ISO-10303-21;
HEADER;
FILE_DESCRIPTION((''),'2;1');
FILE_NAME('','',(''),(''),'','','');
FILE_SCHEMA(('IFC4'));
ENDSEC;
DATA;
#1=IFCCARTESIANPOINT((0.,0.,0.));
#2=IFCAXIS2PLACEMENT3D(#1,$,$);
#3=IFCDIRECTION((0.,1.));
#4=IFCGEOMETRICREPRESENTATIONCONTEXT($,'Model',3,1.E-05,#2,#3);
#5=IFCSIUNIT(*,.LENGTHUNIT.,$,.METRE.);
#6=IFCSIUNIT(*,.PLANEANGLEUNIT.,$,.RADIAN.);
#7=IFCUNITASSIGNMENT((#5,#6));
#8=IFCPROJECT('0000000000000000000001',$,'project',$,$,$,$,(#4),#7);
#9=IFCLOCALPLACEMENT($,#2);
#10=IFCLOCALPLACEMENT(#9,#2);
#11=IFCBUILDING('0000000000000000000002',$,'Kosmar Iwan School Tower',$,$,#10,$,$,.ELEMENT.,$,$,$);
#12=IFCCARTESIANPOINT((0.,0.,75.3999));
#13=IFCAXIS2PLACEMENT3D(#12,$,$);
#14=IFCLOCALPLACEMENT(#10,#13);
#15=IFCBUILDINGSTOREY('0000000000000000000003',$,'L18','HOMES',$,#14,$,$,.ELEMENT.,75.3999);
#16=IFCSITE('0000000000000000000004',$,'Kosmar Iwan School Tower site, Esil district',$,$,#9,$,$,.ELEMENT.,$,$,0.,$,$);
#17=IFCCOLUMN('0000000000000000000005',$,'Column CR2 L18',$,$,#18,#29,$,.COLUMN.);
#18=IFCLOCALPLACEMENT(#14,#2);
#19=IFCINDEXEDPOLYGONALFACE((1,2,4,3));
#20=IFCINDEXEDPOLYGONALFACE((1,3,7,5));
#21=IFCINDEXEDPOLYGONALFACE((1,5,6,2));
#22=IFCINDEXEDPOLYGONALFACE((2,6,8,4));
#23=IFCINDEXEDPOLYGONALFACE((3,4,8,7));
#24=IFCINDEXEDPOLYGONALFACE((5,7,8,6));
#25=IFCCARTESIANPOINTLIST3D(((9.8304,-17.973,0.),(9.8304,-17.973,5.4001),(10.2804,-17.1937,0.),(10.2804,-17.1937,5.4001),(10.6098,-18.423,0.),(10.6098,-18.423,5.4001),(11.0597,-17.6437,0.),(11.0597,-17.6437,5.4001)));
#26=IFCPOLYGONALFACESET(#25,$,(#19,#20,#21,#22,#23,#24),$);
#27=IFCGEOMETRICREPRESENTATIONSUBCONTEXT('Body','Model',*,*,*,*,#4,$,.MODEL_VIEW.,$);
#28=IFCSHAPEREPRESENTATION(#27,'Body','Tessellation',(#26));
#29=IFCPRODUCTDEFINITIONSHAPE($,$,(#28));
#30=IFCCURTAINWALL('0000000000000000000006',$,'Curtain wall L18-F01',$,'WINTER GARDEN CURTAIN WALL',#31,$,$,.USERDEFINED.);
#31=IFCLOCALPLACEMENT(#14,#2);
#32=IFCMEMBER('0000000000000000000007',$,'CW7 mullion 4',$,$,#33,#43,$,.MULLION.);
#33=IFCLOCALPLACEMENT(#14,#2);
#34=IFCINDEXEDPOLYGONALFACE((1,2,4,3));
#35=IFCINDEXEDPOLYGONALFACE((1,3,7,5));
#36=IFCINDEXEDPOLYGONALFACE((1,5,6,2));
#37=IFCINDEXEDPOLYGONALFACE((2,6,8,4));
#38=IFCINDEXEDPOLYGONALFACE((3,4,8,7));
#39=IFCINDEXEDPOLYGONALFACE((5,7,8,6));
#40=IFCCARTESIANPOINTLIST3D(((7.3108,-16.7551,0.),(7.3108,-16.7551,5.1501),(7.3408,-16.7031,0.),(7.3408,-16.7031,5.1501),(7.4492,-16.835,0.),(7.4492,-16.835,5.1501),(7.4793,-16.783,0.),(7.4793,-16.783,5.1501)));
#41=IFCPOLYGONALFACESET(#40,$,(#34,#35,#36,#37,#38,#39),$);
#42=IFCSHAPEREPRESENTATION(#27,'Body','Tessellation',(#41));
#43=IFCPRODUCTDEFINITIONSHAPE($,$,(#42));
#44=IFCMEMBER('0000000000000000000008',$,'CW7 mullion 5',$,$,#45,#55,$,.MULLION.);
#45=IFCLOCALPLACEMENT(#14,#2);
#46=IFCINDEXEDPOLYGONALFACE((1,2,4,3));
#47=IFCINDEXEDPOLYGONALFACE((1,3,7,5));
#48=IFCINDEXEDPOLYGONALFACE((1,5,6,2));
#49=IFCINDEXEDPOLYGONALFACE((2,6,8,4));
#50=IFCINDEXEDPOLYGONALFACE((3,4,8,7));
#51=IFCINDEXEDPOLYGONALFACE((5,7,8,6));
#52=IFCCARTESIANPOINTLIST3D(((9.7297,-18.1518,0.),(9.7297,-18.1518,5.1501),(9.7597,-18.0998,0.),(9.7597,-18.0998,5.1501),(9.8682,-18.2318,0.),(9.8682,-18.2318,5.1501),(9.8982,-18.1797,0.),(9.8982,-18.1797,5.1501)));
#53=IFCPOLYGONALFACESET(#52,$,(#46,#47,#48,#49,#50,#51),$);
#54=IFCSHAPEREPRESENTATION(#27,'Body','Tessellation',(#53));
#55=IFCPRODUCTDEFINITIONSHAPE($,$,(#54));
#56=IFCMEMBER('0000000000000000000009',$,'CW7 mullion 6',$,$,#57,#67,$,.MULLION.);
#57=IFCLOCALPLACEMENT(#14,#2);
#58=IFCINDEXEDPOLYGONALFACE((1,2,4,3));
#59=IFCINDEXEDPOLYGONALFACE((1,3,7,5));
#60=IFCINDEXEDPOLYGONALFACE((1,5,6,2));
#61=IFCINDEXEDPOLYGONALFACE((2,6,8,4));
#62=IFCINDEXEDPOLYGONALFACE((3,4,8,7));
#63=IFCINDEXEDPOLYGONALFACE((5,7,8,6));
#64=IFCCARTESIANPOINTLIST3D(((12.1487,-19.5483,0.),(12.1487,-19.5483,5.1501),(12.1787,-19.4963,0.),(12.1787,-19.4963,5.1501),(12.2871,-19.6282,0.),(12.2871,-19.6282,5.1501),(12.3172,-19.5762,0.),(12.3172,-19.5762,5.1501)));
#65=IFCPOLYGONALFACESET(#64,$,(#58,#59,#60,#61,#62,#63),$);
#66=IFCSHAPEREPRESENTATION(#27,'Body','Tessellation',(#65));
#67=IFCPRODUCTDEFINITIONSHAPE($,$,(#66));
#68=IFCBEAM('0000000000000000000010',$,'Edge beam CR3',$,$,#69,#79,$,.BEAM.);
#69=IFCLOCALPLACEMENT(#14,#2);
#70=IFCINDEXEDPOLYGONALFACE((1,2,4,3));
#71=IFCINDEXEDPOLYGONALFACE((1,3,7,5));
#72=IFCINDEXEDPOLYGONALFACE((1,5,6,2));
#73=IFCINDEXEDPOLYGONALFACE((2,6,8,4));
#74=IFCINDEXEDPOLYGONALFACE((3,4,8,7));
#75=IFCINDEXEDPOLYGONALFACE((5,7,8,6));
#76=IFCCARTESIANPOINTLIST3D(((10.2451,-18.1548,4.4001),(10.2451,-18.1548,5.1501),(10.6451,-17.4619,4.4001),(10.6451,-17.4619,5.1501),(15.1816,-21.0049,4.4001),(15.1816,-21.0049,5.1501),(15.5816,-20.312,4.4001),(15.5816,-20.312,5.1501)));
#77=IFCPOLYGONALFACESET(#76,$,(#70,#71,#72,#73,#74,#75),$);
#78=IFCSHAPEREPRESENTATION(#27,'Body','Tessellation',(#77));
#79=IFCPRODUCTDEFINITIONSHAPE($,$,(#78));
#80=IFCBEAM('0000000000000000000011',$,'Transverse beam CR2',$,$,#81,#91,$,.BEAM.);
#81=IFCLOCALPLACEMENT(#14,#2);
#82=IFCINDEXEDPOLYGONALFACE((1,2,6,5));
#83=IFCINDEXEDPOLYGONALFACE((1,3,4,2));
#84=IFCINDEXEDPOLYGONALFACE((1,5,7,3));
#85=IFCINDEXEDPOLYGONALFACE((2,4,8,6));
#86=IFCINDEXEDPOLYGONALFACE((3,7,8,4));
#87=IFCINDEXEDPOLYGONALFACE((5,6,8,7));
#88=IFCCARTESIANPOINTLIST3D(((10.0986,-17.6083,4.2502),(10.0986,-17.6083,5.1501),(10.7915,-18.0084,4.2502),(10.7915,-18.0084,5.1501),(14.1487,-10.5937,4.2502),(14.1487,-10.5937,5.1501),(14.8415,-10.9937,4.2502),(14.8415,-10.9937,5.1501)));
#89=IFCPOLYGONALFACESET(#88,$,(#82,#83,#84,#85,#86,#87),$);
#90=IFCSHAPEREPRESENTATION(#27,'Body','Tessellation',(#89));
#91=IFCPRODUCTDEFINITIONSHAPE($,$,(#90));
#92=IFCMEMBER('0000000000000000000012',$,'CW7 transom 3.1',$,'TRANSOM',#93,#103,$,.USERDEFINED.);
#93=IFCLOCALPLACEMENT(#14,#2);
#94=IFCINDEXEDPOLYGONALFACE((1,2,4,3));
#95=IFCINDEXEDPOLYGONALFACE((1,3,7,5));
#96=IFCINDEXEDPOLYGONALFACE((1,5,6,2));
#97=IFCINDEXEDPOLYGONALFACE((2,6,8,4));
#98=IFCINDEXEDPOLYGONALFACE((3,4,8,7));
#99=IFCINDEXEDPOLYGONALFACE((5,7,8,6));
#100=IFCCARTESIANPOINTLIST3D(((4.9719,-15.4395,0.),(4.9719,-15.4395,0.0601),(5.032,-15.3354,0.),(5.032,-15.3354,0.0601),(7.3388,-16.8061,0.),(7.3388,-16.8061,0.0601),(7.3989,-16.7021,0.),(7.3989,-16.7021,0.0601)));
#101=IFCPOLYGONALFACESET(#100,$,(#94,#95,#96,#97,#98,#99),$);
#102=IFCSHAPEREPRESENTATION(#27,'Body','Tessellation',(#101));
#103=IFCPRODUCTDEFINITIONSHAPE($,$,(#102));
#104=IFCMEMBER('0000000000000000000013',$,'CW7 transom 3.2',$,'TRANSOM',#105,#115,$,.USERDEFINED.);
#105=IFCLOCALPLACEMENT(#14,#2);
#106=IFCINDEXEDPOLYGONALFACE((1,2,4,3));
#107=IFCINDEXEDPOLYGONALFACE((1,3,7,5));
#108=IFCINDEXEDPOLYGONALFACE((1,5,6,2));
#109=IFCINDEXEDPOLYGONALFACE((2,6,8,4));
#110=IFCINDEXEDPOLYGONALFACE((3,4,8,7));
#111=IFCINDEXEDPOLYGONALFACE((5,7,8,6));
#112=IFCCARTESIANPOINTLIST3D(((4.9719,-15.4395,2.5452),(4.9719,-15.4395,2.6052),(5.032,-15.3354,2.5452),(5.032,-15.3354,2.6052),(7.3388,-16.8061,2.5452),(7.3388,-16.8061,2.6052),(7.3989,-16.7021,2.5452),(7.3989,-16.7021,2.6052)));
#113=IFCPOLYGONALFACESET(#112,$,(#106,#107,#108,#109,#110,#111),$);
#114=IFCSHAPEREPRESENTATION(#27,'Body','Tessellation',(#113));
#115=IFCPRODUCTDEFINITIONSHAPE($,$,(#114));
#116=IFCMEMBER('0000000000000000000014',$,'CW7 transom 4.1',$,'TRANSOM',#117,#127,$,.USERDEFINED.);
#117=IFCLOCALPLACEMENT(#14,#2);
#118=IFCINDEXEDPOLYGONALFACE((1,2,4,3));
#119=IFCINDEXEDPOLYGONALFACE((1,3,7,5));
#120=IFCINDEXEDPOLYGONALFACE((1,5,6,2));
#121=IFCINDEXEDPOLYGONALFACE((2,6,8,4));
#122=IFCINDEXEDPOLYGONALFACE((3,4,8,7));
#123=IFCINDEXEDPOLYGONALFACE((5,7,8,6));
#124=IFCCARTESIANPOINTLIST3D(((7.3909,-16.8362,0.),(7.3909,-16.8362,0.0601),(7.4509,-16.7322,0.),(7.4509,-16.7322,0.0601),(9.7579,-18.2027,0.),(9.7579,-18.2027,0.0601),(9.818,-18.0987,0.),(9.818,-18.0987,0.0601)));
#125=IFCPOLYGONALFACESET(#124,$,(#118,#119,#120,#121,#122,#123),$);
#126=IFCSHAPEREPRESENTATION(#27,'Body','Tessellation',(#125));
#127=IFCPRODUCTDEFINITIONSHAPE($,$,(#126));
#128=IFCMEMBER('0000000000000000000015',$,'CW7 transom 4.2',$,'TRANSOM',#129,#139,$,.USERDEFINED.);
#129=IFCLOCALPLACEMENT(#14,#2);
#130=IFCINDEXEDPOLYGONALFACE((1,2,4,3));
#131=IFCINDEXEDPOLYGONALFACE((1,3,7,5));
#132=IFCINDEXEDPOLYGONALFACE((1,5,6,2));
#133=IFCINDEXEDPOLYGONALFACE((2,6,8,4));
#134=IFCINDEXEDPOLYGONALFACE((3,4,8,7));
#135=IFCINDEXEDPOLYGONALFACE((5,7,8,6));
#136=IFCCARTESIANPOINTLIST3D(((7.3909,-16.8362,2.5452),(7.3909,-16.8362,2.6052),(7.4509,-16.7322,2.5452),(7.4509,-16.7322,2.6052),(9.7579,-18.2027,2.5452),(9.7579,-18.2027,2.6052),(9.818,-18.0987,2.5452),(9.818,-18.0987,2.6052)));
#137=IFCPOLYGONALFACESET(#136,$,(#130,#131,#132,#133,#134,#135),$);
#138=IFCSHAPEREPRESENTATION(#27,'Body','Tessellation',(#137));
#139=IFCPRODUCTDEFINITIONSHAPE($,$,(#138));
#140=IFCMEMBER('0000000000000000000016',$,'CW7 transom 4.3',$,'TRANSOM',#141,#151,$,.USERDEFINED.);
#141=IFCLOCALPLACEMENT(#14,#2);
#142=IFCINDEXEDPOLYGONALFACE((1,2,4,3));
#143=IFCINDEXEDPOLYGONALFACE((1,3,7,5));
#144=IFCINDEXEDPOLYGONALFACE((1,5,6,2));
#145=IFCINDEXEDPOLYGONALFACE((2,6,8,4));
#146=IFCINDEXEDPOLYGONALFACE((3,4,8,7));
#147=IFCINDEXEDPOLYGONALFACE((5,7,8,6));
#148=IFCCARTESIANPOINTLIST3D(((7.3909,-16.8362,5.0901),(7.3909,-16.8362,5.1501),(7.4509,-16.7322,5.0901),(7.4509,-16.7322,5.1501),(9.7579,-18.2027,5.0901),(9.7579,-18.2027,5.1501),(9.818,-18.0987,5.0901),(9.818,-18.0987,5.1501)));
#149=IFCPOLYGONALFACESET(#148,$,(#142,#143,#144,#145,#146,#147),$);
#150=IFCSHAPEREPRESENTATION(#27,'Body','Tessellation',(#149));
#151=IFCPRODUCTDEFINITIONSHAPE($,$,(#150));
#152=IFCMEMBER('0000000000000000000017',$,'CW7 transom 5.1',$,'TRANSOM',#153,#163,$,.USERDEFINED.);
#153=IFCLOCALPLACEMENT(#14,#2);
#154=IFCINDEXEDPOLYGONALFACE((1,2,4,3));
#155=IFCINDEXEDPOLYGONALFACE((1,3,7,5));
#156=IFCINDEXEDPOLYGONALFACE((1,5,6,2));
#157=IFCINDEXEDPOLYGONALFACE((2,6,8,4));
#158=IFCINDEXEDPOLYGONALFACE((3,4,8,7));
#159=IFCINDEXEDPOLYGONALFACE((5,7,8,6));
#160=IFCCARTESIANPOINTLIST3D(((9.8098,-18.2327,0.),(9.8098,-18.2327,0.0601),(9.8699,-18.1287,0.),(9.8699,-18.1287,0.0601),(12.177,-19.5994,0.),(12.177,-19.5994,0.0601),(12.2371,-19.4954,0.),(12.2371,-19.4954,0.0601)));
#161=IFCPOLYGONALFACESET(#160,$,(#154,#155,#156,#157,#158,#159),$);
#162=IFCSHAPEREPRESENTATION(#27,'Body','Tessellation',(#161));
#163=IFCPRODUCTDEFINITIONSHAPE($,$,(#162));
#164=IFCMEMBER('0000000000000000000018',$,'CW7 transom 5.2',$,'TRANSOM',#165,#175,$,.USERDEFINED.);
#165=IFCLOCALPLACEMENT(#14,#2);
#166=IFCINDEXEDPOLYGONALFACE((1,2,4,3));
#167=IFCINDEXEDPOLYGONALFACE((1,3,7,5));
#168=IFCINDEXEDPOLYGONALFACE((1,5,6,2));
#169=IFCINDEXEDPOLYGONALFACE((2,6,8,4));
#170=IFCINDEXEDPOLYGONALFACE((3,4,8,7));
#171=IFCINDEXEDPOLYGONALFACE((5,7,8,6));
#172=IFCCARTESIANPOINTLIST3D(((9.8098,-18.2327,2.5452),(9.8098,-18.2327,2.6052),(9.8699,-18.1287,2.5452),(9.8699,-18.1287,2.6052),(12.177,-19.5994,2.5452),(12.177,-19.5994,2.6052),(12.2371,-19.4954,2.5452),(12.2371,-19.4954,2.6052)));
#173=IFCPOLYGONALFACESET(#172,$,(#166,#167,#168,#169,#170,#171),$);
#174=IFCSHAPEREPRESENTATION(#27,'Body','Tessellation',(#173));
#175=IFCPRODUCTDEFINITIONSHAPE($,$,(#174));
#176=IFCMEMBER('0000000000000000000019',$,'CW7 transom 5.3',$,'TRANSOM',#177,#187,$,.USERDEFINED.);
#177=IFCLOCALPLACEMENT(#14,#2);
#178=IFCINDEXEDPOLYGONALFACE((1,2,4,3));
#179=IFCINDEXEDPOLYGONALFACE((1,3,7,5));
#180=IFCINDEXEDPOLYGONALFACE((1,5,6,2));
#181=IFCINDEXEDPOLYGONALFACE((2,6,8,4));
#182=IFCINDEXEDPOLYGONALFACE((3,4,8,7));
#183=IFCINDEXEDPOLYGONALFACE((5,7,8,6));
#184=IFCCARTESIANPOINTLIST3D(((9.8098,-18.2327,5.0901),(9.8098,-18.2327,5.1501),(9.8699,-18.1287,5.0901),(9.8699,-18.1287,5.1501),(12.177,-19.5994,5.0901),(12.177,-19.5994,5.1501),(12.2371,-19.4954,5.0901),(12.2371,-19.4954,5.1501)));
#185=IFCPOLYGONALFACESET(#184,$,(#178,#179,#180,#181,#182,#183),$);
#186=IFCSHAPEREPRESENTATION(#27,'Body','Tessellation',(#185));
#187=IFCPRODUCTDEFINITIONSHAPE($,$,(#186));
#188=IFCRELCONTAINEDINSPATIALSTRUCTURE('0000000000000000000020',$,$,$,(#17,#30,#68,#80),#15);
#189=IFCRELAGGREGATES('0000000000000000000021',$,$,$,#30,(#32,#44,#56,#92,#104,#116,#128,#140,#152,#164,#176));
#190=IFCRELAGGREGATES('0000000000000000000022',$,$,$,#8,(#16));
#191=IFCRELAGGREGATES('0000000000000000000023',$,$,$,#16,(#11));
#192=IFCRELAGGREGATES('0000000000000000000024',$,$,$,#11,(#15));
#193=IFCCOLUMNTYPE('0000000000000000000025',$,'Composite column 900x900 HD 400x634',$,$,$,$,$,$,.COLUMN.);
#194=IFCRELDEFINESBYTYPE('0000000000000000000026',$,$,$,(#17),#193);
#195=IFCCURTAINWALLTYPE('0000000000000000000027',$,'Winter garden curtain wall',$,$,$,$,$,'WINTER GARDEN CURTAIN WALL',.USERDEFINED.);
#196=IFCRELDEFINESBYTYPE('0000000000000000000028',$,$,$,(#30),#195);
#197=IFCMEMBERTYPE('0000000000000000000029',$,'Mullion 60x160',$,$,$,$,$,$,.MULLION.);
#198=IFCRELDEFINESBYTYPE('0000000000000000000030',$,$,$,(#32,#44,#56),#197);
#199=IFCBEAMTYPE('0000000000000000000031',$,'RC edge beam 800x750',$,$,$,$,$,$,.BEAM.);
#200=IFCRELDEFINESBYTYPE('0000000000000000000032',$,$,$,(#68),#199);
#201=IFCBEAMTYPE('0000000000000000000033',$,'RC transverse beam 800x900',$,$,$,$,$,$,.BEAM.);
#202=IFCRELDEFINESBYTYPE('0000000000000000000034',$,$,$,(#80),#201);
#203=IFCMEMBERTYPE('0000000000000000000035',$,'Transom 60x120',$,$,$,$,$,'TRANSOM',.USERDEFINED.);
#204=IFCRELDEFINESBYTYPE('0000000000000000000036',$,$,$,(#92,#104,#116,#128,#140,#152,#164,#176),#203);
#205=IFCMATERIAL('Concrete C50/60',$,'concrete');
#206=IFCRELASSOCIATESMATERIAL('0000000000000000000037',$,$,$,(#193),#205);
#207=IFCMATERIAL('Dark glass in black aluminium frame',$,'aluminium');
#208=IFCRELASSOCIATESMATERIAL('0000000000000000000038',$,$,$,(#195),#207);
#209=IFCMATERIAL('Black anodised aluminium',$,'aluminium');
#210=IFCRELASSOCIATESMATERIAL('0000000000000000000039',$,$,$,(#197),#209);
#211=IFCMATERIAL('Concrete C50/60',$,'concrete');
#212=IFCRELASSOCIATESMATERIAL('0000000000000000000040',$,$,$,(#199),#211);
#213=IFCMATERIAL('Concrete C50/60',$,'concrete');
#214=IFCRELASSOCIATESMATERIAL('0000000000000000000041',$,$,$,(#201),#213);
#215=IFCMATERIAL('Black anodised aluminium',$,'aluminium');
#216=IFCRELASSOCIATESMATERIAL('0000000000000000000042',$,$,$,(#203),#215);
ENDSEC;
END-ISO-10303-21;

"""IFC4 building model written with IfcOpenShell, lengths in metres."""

from ifc_helpers import new_model, si_unit, direction, frame, origin, origin_2d, place, context, subcontext, project, spatial, rectangle, extrude, material, material_profile, profile_set, type_object, element, aggregate, save


model = new_model("IFC4")

# Units and contexts
model_context = context("Model", 3, precision=1e-05, world=origin(), true_north=direction((0.0, 1.0)))
body_context = subcontext(model_context, "Body", "Model", "MODEL_VIEW")
ifc_project = project(units=[si_unit("LENGTHUNIT", "METRE"), si_unit("PLANEANGLEUNIT", "RADIAN")], contexts=[model_context])

# Site, building, storey
site_placement = place(None, origin())
site = spatial("IfcSite", under=ifc_project, at=site_placement, Name="Kosmar Iwan School Tower site, Esil district", CompositionType="ELEMENT", RefElevation=0.0)
building_placement = place(site_placement, origin())
building = spatial("IfcBuilding", under=site, at=building_placement, Name="Kosmar Iwan School Tower", CompositionType="ELEMENT")
storey_placement = place(building_placement, frame((0.0, 0.0, 75.3999)))
storey = spatial("IfcBuildingStorey", under=building, at=storey_placement, Name="L18", Description="HOMES", CompositionType="ELEMENT", Elevation=75.3999)

# Column
ifc_material_1 = material(Name="Concrete C50/60", Category="concrete")
ifc_material_profile_1 = material_profile(ifc_material_1, rectangle(XDim=0.8999, YDim=0.8999, at=origin_2d()), Name="RC 900x900 + HD 400x634")
ifc_profile_set_1 = profile_set([ifc_material_profile_1], Name="Concrete C50/60")
column_type = type_object("IfcColumnType", Name="Composite column 900x900 HD 400x634", PredefinedType="COLUMN", material=ifc_profile_set_1)
column_placement = place(storey_placement, frame((10.4451, -17.8083, 0.0), z_axis=(0.0, 0.0, 1.0), x_axis=(0.866025, -0.5, 0.0)))
element("IfcColumn", 1, at=column_placement, inside=storey, type_object=column_type, Name="Column CR2 L18", PredefinedType="COLUMN", context=body_context, shape_type="SweptSolid", body=[
    extrude(rectangle(XDim=0.8999, YDim=0.8999, at=origin_2d()), origin(), (0.0, 0.0, 1.0), 5.4001),
])

# Curtain wall, members
ifc_material_2 = material(Name="Dark glass in black aluminium frame", Category="aluminium")
curtain_wall_type = type_object("IfcCurtainWallType", Name="Winter garden curtain wall", ElementType="WINTER GARDEN CURTAIN WALL", PredefinedType="USERDEFINED", material=ifc_material_2)
curtain_wall_placement = place(storey_placement, origin())
curtain_wall = element("IfcCurtainWall", 2, at=curtain_wall_placement, inside=storey, type_object=curtain_wall_type, Name="Curtain wall L18-F01", ObjectType="WINTER GARDEN CURTAIN WALL", PredefinedType="USERDEFINED")
ifc_material_3 = material(Name="Black anodised aluminium", Category="aluminium")
ifc_material_profile_2 = material_profile(ifc_material_3, rectangle(XDim=0.0601, YDim=0.1599, at=origin_2d()), Name="MULLION 60x160")
ifc_profile_set_2 = profile_set([ifc_material_profile_2], Name="Black anodised aluminium")
member_type_1 = type_object("IfcMemberType", Name="Mullion 60x160", PredefinedType="MULLION", material=ifc_profile_set_2)
member_1_placement = place(storey_placement, frame((7.395, -16.769, 0.0), z_axis=(0.0, 0.0, 1.0), x_axis=(0.5, 0.866025, 0.0)))
member_1 = element("IfcMember", 3, at=member_1_placement, type_object=member_type_1, Name="CW7 mullion 4", PredefinedType="MULLION", context=body_context, shape_type="SweptSolid", body=[
    extrude(rectangle(XDim=0.0601, YDim=0.1599, at=origin_2d()), origin(), (0.0, 0.0, 1.0), 5.1501),
])
member_2_placement = place(storey_placement, frame((9.814, -18.1658, 0.0), z_axis=(0.0, 0.0, 1.0), x_axis=(0.5, 0.866025, 0.0)))
member_2 = element("IfcMember", 4, at=member_2_placement, type_object=member_type_1, Name="CW7 mullion 5", PredefinedType="MULLION", context=body_context, shape_type="SweptSolid", body=[
    extrude(rectangle(XDim=0.0601, YDim=0.1599, at=origin_2d()), origin(), (0.0, 0.0, 1.0), 5.1501),
])
member_3_placement = place(storey_placement, frame((12.2329, -19.5623, 0.0), z_axis=(0.0, 0.0, 1.0), x_axis=(0.5, 0.866025, 0.0)))
member_3 = element("IfcMember", 5, at=member_3_placement, type_object=member_type_1, Name="CW7 mullion 6", PredefinedType="MULLION", context=body_context, shape_type="SweptSolid", body=[
    extrude(rectangle(XDim=0.0601, YDim=0.1599, at=origin_2d()), origin(), (0.0, 0.0, 1.0), 5.1501),
])

# Beams
ifc_material_4 = material(Name="Concrete C50/60", Category="concrete")
ifc_material_profile_3 = material_profile(ifc_material_4, rectangle(XDim=0.8, YDim=0.75, at=origin_2d()), Name="RC 800x750")
ifc_profile_set_3 = profile_set([ifc_material_profile_3], Name="Concrete C50/60")
beam_type_1 = type_object("IfcBeamType", Name="RC edge beam 800x750", PredefinedType="BEAM", material=ifc_profile_set_3)
beam_1_placement = place(storey_placement, frame((10.4451, -17.8083, 4.7751), z_axis=(0.866026, -0.499999, 0.0), x_axis=(0.499999, 0.866026, 0.0)))
element("IfcBeam", 6, at=beam_1_placement, inside=storey, type_object=beam_type_1, Name="Edge beam CR3", PredefinedType="BEAM", context=body_context, shape_type="SweptSolid", body=[
    extrude(rectangle(XDim=0.8, YDim=0.75, at=origin_2d()), origin(), (0.0, 0.0, 1.0), 5.7002),
])
ifc_material_5 = material(Name="Concrete C50/60", Category="concrete")
ifc_material_profile_4 = material_profile(ifc_material_5, rectangle(XDim=0.8, YDim=0.8999, at=origin_2d()), Name="RC 800x900")
ifc_profile_set_4 = profile_set([ifc_material_profile_4], Name="Concrete C50/60")
beam_type_2 = type_object("IfcBeamType", Name="RC transverse beam 800x900", PredefinedType="BEAM", material=ifc_profile_set_4)
beam_2_placement = place(storey_placement, frame((10.4451, -17.8083, 4.7002), z_axis=(0.500013, 0.866018, 0.0), x_axis=(-0.866018, 0.500013, 0.0)))
element("IfcBeam", 7, at=beam_2_placement, inside=storey, type_object=beam_type_2, Name="Transverse beam CR2", PredefinedType="BEAM", context=body_context, shape_type="SweptSolid", body=[
    extrude(rectangle(XDim=0.8, YDim=0.8999, at=origin_2d()), origin(), (0.0, 0.0, 1.0), 8.0999),
])

# Members
ifc_material_6 = material(Name="Black anodised aluminium", Category="aluminium")
ifc_material_profile_5 = material_profile(ifc_material_6, rectangle(XDim=0.1201, YDim=0.0601, at=origin_2d()), Name="TRANSOM 60x120")
ifc_profile_set_5 = profile_set([ifc_material_profile_5], Name="Black anodised aluminium")
member_type_2 = type_object("IfcMemberType", Name="Transom 60x120", ElementType="TRANSOM", PredefinedType="USERDEFINED", material=ifc_profile_set_5)
member_4_placement = place(storey_placement, frame((5.002, -15.3875, 0.03), z_axis=(0.866003, -0.500039, 0.0), x_axis=(0.500039, 0.866003, 0.0)))
member_4 = element("IfcMember", 8, at=member_4_placement, type_object=member_type_2, Name="CW7 transom 3.1", ObjectType="TRANSOM", PredefinedType="USERDEFINED", context=body_context, shape_type="SweptSolid", body=[
    extrude(rectangle(XDim=0.1201, YDim=0.0601, at=origin_2d()), origin(), (0.0, 0.0, 1.0), 2.7332),
])
member_5_placement = place(storey_placement, frame((5.002, -15.3875, 2.5752), z_axis=(0.866003, -0.500039, 0.0), x_axis=(0.500039, 0.866003, 0.0)))
member_5 = element("IfcMember", 9, at=member_5_placement, type_object=member_type_2, Name="CW7 transom 3.2", ObjectType="TRANSOM", PredefinedType="USERDEFINED", context=body_context, shape_type="SweptSolid", body=[
    extrude(rectangle(XDim=0.1201, YDim=0.0601, at=origin_2d()), origin(), (0.0, 0.0, 1.0), 2.7332),
])
member_6_placement = place(storey_placement, frame((7.4209, -16.7842, 0.03), z_axis=(0.866041, -0.499972, 0.0), x_axis=(0.499972, 0.866041, 0.0)))
member_6 = element("IfcMember", 10, at=member_6_placement, type_object=member_type_2, Name="CW7 transom 4.1", ObjectType="TRANSOM", PredefinedType="USERDEFINED", context=body_context, shape_type="SweptSolid", body=[
    extrude(rectangle(XDim=0.1201, YDim=0.0601, at=origin_2d()), origin(), (0.0, 0.0, 1.0), 2.7332),
])
member_7_placement = place(storey_placement, frame((7.4209, -16.7842, 2.5752), z_axis=(0.866041, -0.499972, 0.0), x_axis=(0.499972, 0.866041, 0.0)))
member_7 = element("IfcMember", 11, at=member_7_placement, type_object=member_type_2, Name="CW7 transom 4.2", ObjectType="TRANSOM", PredefinedType="USERDEFINED", context=body_context, shape_type="SweptSolid", body=[
    extrude(rectangle(XDim=0.1201, YDim=0.0601, at=origin_2d()), origin(), (0.0, 0.0, 1.0), 2.7332),
])
member_8_placement = place(storey_placement, frame((7.4209, -16.7842, 5.1201), z_axis=(0.866041, -0.499972, 0.0), x_axis=(0.499972, 0.866041, 0.0)))
member_8 = element("IfcMember", 12, at=member_8_placement, type_object=member_type_2, Name="CW7 transom 4.3", ObjectType="TRANSOM", PredefinedType="USERDEFINED", context=body_context, shape_type="SweptSolid", body=[
    extrude(rectangle(XDim=0.1201, YDim=0.0601, at=origin_2d()), origin(), (0.0, 0.0, 1.0), 2.7332),
])
member_9_placement = place(storey_placement, frame((9.8398, -18.1807, 0.03), z_axis=(0.866025, -0.500001, 0.0), x_axis=(0.500001, 0.866025, 0.0)))
member_9 = element("IfcMember", 13, at=member_9_placement, type_object=member_type_2, Name="CW7 transom 5.1", ObjectType="TRANSOM", PredefinedType="USERDEFINED", context=body_context, shape_type="SweptSolid", body=[
    extrude(rectangle(XDim=0.1201, YDim=0.0601, at=origin_2d()), origin(), (0.0, 0.0, 1.0), 2.7334),
])
member_10_placement = place(storey_placement, frame((9.8398, -18.1807, 2.5752), z_axis=(0.866025, -0.500001, 0.0), x_axis=(0.500001, 0.866025, 0.0)))
member_10 = element("IfcMember", 14, at=member_10_placement, type_object=member_type_2, Name="CW7 transom 5.2", ObjectType="TRANSOM", PredefinedType="USERDEFINED", context=body_context, shape_type="SweptSolid", body=[
    extrude(rectangle(XDim=0.1201, YDim=0.0601, at=origin_2d()), origin(), (0.0, 0.0, 1.0), 2.7334),
])
member_11_placement = place(storey_placement, frame((9.8398, -18.1807, 5.1201), z_axis=(0.866025, -0.500001, 0.0), x_axis=(0.500001, 0.866025, 0.0)))
member_11 = element("IfcMember", 15, at=member_11_placement, type_object=member_type_2, Name="CW7 transom 5.3", ObjectType="TRANSOM", PredefinedType="USERDEFINED", context=body_context, shape_type="SweptSolid", body=[
    extrude(rectangle(XDim=0.1201, YDim=0.0601, at=origin_2d()), origin(), (0.0, 0.0, 1.0), 2.7334),
])

aggregate(curtain_wall, [member_1, member_2, member_3, member_4, member_5, member_6, member_7, member_8, member_9, member_10, member_11])

save(model, "model.ifc")
